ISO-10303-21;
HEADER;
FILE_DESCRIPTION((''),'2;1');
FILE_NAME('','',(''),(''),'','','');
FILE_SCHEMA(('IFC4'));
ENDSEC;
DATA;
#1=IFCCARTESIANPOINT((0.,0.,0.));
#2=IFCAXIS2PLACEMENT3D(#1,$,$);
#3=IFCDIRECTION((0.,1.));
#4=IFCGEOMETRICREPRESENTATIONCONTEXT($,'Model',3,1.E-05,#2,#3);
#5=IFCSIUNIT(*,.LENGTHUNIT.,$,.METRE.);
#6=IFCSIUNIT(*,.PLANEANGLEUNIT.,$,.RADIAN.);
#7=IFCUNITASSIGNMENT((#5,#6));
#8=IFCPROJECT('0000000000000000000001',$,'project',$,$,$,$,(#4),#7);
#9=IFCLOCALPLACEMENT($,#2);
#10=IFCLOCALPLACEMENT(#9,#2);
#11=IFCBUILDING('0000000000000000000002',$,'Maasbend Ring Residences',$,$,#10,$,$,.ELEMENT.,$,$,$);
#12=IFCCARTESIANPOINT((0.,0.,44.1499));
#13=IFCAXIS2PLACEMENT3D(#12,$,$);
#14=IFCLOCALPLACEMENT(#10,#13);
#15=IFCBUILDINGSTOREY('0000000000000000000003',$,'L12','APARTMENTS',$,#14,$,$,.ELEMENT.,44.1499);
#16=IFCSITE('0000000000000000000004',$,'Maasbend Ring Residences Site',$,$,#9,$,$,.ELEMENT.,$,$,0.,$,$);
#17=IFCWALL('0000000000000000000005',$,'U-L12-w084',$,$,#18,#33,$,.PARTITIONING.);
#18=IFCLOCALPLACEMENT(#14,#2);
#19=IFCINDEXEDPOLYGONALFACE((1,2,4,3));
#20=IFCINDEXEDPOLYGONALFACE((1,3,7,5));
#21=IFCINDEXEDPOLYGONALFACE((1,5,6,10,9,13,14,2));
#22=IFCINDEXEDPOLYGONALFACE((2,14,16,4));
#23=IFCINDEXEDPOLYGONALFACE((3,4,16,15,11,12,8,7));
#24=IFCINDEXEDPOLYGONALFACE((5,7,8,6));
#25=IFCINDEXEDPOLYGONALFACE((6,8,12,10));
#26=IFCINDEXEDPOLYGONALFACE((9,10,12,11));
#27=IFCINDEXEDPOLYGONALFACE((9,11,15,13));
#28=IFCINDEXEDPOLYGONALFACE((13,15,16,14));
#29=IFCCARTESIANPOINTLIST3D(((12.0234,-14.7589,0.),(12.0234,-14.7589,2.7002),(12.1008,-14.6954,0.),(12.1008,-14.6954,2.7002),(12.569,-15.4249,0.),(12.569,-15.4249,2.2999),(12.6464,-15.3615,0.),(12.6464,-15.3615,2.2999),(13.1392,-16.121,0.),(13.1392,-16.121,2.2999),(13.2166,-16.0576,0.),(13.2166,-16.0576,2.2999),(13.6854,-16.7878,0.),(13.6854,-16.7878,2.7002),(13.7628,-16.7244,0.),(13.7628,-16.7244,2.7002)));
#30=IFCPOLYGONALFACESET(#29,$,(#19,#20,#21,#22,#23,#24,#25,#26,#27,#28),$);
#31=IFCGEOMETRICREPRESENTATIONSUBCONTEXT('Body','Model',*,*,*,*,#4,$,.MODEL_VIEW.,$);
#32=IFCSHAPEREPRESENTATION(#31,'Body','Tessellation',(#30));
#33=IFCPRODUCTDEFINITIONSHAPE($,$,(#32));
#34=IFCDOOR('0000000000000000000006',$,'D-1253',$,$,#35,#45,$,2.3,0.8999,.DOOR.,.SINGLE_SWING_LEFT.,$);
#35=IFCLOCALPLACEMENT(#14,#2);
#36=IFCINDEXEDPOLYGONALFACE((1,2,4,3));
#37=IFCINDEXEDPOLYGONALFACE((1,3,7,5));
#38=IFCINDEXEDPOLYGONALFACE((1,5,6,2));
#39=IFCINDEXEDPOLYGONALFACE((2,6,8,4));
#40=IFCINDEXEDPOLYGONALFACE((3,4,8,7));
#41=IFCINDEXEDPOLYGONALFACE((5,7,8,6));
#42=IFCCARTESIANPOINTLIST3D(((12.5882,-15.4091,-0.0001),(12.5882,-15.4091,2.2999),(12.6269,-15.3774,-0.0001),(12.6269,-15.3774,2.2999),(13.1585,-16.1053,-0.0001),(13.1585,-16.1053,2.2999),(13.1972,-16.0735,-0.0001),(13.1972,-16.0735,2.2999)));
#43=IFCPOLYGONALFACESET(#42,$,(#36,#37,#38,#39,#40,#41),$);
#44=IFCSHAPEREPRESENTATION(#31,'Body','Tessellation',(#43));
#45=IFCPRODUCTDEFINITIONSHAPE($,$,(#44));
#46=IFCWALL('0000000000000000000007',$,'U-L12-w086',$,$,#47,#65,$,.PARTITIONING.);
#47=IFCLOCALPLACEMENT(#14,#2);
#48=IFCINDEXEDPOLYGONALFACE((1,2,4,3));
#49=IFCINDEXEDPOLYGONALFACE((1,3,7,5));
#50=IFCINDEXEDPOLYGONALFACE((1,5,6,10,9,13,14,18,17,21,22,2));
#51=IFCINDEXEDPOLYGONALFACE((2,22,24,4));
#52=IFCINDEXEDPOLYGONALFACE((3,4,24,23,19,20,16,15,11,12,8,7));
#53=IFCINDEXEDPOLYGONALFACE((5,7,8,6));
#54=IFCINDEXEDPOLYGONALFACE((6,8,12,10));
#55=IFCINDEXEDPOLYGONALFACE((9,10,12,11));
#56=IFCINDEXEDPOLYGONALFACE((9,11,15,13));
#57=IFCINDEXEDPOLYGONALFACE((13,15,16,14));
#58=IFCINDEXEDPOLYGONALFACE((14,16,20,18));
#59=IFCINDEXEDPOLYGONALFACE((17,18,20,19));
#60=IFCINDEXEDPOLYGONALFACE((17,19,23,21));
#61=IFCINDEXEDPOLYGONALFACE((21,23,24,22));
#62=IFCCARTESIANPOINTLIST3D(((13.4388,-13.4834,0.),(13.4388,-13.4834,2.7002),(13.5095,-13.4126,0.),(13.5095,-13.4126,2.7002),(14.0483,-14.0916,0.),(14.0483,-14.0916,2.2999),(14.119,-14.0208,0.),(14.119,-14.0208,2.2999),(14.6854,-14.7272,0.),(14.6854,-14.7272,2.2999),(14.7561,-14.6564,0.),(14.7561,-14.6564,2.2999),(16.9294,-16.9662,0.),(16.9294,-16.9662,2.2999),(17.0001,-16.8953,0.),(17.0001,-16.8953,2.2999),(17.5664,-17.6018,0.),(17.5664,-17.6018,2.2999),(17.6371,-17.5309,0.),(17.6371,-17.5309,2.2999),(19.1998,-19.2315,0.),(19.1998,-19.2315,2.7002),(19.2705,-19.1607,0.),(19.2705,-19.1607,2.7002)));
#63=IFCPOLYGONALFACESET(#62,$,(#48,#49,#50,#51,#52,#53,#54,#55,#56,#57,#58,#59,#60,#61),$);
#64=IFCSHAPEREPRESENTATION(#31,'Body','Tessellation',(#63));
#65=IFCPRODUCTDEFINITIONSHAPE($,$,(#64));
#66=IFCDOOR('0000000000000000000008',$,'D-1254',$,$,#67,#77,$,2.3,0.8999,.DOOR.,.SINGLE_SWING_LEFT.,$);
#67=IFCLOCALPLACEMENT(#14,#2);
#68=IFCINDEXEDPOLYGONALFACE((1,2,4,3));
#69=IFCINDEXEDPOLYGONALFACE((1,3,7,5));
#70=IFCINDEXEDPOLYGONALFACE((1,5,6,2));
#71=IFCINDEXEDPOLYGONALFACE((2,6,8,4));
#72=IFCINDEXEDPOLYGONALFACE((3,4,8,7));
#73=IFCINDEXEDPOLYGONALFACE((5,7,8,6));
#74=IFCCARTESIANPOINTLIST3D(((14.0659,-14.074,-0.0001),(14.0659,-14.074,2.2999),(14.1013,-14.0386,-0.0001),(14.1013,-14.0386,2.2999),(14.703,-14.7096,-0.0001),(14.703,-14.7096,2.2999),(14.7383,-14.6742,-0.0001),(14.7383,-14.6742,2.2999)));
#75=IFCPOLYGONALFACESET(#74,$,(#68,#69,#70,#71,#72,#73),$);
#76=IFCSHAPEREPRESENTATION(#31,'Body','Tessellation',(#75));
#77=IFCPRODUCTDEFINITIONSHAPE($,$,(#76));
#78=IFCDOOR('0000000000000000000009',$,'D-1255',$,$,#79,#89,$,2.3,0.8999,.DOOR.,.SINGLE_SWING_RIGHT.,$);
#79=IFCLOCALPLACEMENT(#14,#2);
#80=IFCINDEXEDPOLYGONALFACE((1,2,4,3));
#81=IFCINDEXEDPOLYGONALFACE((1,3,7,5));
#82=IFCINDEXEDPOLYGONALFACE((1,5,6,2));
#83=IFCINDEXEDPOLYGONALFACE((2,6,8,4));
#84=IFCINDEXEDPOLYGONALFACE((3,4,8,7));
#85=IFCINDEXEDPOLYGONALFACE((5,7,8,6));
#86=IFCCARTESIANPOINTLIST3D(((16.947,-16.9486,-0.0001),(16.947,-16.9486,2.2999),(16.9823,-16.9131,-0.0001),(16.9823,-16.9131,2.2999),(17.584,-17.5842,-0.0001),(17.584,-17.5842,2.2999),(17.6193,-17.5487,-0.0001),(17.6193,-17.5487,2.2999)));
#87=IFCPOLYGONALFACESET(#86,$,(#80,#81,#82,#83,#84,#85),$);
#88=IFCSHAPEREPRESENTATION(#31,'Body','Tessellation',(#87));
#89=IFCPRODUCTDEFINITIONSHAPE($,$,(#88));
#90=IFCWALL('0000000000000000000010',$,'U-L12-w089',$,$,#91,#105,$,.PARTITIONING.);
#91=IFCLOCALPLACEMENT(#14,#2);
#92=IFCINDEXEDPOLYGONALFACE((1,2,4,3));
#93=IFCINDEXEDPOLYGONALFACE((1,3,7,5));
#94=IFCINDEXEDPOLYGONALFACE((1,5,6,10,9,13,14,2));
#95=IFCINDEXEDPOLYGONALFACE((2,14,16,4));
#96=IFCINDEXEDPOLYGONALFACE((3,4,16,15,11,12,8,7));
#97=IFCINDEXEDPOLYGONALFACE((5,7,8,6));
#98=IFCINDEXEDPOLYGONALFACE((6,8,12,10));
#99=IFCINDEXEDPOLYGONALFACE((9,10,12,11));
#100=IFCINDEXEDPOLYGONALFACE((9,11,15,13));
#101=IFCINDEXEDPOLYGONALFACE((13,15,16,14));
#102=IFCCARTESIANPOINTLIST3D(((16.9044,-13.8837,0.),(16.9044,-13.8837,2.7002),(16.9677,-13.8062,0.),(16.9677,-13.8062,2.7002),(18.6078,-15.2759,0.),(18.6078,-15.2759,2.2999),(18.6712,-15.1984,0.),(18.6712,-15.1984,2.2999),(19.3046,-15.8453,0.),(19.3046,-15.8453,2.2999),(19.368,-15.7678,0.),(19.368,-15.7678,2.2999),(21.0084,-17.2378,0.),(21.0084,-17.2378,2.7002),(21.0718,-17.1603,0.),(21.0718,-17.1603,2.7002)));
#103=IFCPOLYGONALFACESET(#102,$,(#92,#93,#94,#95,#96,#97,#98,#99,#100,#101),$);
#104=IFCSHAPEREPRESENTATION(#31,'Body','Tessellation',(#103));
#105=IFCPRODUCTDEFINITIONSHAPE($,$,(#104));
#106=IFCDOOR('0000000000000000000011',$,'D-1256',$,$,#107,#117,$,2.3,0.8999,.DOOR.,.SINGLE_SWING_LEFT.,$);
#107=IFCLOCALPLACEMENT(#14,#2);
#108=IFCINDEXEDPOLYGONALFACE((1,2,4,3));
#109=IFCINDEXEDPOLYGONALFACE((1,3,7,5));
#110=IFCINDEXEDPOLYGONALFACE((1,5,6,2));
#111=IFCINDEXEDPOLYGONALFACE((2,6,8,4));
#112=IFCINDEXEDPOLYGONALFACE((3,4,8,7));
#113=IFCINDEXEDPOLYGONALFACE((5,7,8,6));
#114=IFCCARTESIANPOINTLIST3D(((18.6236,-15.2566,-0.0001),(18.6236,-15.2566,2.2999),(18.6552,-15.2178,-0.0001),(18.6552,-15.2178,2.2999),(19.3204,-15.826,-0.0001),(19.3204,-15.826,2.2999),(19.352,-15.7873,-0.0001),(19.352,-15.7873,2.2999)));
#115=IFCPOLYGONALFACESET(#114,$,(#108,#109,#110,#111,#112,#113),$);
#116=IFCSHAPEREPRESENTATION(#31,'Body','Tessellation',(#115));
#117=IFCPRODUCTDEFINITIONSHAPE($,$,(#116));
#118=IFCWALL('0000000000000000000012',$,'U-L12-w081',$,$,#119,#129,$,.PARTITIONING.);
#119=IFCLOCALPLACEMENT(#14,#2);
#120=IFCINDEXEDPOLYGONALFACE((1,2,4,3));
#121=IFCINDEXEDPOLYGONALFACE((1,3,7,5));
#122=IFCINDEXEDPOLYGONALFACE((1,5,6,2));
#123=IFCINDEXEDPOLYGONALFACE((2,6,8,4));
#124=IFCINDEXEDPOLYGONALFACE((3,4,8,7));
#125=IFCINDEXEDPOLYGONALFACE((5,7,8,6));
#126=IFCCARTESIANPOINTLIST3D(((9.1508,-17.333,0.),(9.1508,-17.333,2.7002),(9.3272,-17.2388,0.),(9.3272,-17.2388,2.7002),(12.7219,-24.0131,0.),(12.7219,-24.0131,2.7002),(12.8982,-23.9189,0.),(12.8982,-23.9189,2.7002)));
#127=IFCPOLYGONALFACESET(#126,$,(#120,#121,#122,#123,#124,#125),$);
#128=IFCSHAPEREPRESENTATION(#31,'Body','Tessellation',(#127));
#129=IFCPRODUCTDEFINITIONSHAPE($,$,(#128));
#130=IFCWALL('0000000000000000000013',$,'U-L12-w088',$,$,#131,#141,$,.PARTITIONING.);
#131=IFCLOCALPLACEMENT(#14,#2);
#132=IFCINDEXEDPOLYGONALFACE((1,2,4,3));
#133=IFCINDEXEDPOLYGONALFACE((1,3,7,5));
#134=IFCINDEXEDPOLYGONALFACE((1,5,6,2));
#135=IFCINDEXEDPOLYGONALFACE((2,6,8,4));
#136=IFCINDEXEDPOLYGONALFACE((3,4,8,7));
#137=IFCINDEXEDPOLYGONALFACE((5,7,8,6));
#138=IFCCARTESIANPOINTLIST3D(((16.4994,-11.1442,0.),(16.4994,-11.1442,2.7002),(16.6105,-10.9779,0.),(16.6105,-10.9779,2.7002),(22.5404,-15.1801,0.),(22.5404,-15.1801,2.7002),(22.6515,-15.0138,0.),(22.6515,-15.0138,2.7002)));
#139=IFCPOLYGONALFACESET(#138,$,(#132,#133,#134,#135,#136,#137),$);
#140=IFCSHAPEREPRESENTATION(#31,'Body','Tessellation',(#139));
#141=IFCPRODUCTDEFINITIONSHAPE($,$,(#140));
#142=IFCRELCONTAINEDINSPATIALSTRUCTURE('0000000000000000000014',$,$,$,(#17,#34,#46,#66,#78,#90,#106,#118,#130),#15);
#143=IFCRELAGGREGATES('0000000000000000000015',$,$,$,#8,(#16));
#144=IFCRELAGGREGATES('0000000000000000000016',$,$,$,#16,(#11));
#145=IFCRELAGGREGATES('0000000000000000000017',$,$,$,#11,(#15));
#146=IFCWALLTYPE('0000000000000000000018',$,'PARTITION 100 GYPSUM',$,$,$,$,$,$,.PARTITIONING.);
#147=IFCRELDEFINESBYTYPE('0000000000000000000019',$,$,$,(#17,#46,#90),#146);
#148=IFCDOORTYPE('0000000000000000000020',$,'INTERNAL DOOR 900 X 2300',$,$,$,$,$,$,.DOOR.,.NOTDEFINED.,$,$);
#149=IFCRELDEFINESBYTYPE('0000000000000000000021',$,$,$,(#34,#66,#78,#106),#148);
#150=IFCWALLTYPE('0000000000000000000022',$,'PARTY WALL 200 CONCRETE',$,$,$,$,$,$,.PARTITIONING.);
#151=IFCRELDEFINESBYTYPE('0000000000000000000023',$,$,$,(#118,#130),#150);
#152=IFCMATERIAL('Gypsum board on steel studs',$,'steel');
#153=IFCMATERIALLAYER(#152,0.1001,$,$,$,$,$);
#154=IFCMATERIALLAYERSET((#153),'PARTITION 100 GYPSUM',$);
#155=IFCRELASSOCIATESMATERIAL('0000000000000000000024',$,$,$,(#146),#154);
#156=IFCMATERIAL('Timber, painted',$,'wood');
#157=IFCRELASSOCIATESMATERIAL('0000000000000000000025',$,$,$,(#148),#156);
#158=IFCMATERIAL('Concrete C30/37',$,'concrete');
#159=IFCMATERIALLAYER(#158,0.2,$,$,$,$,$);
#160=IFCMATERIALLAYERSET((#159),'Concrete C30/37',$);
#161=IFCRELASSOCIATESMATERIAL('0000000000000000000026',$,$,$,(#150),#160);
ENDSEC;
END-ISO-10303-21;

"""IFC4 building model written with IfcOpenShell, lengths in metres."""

from ifc_helpers import new_model, si_unit, direction, frame, frame_2d, origin, place, context, subcontext, project, spatial, rectangle, extrude, material, layer, layer_set, type_object, element, fill, save


model = new_model("IFC4")

# Units and contexts
model_context = context("Model", 3, precision=1e-05, world=origin(), true_north=direction((0.0, 1.0)))
body_context = subcontext(model_context, "Body", "Model", "MODEL_VIEW")
ifc_project = project(units=[si_unit("LENGTHUNIT", "METRE"), si_unit("PLANEANGLEUNIT", "RADIAN")], contexts=[model_context])

# Site, building, storey
site_placement = place(None, origin())
site = spatial("IfcSite", under=ifc_project, at=site_placement, Name="Maasbend Ring Residences Site", CompositionType="ELEMENT", RefElevation=0.0)
building_placement = place(site_placement, origin())
building = spatial("IfcBuilding", under=site, at=building_placement, Name="Maasbend Ring Residences", CompositionType="ELEMENT")
storey_placement = place(building_placement, frame((0.0, 0.0, 44.1499)))
storey = spatial("IfcBuildingStorey", under=building, at=storey_placement, Name="L12", Description="APARTMENTS", CompositionType="ELEMENT", Elevation=44.1499)

# Shared definitions
ifc_material_1 = material(Name="Gypsum board on steel studs", Category="steel")
ifc_layer_1 = layer(ifc_material_1, 0.1001)
ifc_layer_set_1 = layer_set([ifc_layer_1], Name="PARTITION 100 GYPSUM")
wall_type_1 = type_object("IfcWallType", Name="PARTITION 100 GYPSUM", PredefinedType="PARTITIONING", material=ifc_layer_set_1)

# Wall, opening, door
wall_1_placement = place(storey_placement, frame((12.062, -14.7271, 0.0), z_axis=(0.0, 0.0, 1.0), x_axis=(0.633689, -0.773588, 0.0)))
wall_1 = element("IfcWall", 1, at=wall_1_placement, inside=storey, type_object=wall_type_1, Name="U-L12-w084", PredefinedType="PARTITIONING", context=body_context, shape_type="SweptSolid", body=[
    extrude(rectangle(XDim=2.6228, YDim=0.1001, at=frame_2d((1.3115, 0.0))), origin(), (0.0, 0.0, 1.0), 2.7002),
])
opening_1_placement = place(wall_1_placement, frame((0.8611, 0.0, 0.0)))
opening_1 = element("IfcOpeningElement", 2, at=opening_1_placement, cuts=wall_1, PredefinedType="OPENING", context=body_context, shape_type="SweptSolid", body=[
    extrude(rectangle(XDim=0.8999, YDim=2.3, at=frame_2d((0.45, 1.1499))), frame((0.0, 0.0601, 0.0), z_axis=(0.0, -1.0, 0.0), x_axis=(1.0, 0.0, 0.0)), (0.0, 0.0, 1.0), 0.1201),
])
ifc_material_2 = material(Name="Timber, painted", Category="wood")
door_type_1 = type_object("IfcDoorType", Name="INTERNAL DOOR 900 X 2300", OperationType="NOTDEFINED", PredefinedType="DOOR", material=ifc_material_2)
door_1_placement = place(opening_1_placement, origin())
door_1 = element("IfcDoor", 3, at=door_1_placement, inside=storey, type_object=door_type_1, Name="D-1253", OperationType="SINGLE_SWING_LEFT", OverallHeight=2.3, OverallWidth=0.8999, PredefinedType="DOOR", context=body_context, shape_type="SweptSolid", body=[
    extrude(rectangle(XDim=0.8999, YDim=2.3, at=frame_2d((0.45, 1.1499))), frame((0.0, 0.0249, 0.0), z_axis=(0.0, -1.0, 0.0), x_axis=(1.0, 0.0, 0.0)), (0.0, 0.0, 1.0), 0.05),
])
fill(opening_1, door_1)

# Wall, openings, doors
wall_2_placement = place(storey_placement, frame((13.4741, -13.448, 0.0), z_axis=(0.0, 0.0, 1.0), x_axis=(0.707901, -0.706311, 0.0)))
wall_2 = element("IfcWall", 4, at=wall_2_placement, inside=storey, type_object=wall_type_1, Name="U-L12-w086", PredefinedType="PARTITIONING", context=body_context, shape_type="SweptSolid", body=[
    extrude(rectangle(XDim=8.1382, YDim=0.1001, at=frame_2d((4.0691, 0.0))), origin(), (0.0, 0.0, 1.0), 2.7002),
])
opening_2_placement = place(wall_2_placement, frame((0.8611, 0.0, 0.0)))
opening_2 = element("IfcOpeningElement", 5, at=opening_2_placement, cuts=wall_2, PredefinedType="OPENING", context=body_context, shape_type="SweptSolid", body=[
    extrude(rectangle(XDim=0.8999, YDim=2.3, at=frame_2d((0.45, 1.1499))), frame((0.0, 0.0601, 0.0), z_axis=(0.0, -1.0, 0.0), x_axis=(1.0, 0.0, 0.0)), (0.0, 0.0, 1.0), 0.1201),
])
opening_3_placement = place(wall_2_placement, frame((4.9309, 0.0, 0.0)))
opening_3 = element("IfcOpeningElement", 6, at=opening_3_placement, cuts=wall_2, PredefinedType="OPENING", context=body_context, shape_type="SweptSolid", body=[
    extrude(rectangle(XDim=0.8999, YDim=2.3, at=frame_2d((0.45, 1.1499))), frame((0.0, 0.0601, 0.0), z_axis=(0.0, -1.0, 0.0), x_axis=(1.0, 0.0, 0.0)), (0.0, 0.0, 1.0), 0.1201),
])
door_2_placement = place(opening_2_placement, origin())
door_2 = element("IfcDoor", 7, at=door_2_placement, inside=storey, type_object=door_type_1, Name="D-1254", OperationType="SINGLE_SWING_LEFT", OverallHeight=2.3, OverallWidth=0.8999, PredefinedType="DOOR", context=body_context, shape_type="SweptSolid", body=[
    extrude(rectangle(XDim=0.8999, YDim=2.3, at=frame_2d((0.45, 1.1499))), frame((0.0, 0.0249, 0.0), z_axis=(0.0, -1.0, 0.0), x_axis=(1.0, 0.0, 0.0)), (0.0, 0.0, 1.0), 0.05),
])
fill(opening_2, door_2)
door_3_placement = place(opening_3_placement, origin())
door_3 = element("IfcDoor", 8, at=door_3_placement, inside=storey, type_object=door_type_1, Name="D-1255", OperationType="SINGLE_SWING_RIGHT", OverallHeight=2.3, OverallWidth=0.8999, PredefinedType="DOOR", context=body_context, shape_type="SweptSolid", body=[
    extrude(rectangle(XDim=0.8999, YDim=2.3, at=frame_2d((0.45, 1.1499))), frame((0.0, 0.0249, 0.0), z_axis=(0.0, -1.0, 0.0), x_axis=(1.0, 0.0, 0.0)), (0.0, 0.0, 1.0), 0.05),
])
fill(opening_3, door_3)

# Wall, opening, door
wall_3_placement = place(storey_placement, frame((16.936, -13.845, 0.0), z_axis=(0.0, 0.0, 1.0), x_axis=(0.77431, -0.632806, 0.0)))
wall_3 = element("IfcWall", 9, at=wall_3_placement, inside=storey, type_object=wall_type_1, Name="U-L12-w089", PredefinedType="PARTITIONING", context=body_context, shape_type="SweptSolid", body=[
    extrude(rectangle(XDim=5.3003, YDim=0.1001, at=frame_2d((2.6501, 0.0))), origin(), (0.0, 0.0, 1.0), 2.7002),
])
opening_4_placement = place(wall_3_placement, frame((2.2, 0.0, 0.0)))
opening_4 = element("IfcOpeningElement", 10, at=opening_4_placement, cuts=wall_3, PredefinedType="OPENING", context=body_context, shape_type="SweptSolid", body=[
    extrude(rectangle(XDim=0.8999, YDim=2.3, at=frame_2d((0.45, 1.1499))), frame((0.0, 0.0601, 0.0), z_axis=(0.0, -1.0, 0.0), x_axis=(1.0, 0.0, 0.0)), (0.0, 0.0, 1.0), 0.1201),
])
door_4_placement = place(opening_4_placement, origin())
door_4 = element("IfcDoor", 11, at=door_4_placement, inside=storey, type_object=door_type_1, Name="D-1256", OperationType="SINGLE_SWING_LEFT", OverallHeight=2.3, OverallWidth=0.8999, PredefinedType="DOOR", context=body_context, shape_type="SweptSolid", body=[
    extrude(rectangle(XDim=0.8999, YDim=2.3, at=frame_2d((0.45, 1.1499))), frame((0.0, 0.0249, 0.0), z_axis=(0.0, -1.0, 0.0), x_axis=(1.0, 0.0, 0.0)), (0.0, 0.0, 1.0), 0.05),
])
fill(opening_4, door_4)

# Walls
ifc_material_3 = material(Name="Concrete C30/37", Category="concrete")
ifc_layer_2 = layer(ifc_material_3, 0.2)
ifc_layer_set_2 = layer_set([ifc_layer_2], Name="Concrete C30/37")
wall_type_2 = type_object("IfcWallType", Name="PARTY WALL 200 CONCRETE", PredefinedType="PARTITIONING", material=ifc_layer_set_2)
wall_4_placement = place(storey_placement, frame((9.239, -17.2859, 0.0), z_axis=(0.0, 0.0, 1.0), x_axis=(0.47144, -0.881898, 0.0)))
element("IfcWall", 12, at=wall_4_placement, inside=storey, type_object=wall_type_2, Name="U-L12-w081", PredefinedType="PARTITIONING", context=body_context, shape_type="SweptSolid", body=[
    extrude(rectangle(XDim=7.5747, YDim=0.2, at=frame_2d((3.7874, 0.0))), origin(), (0.0, 0.0, 1.0), 2.7002),
])
wall_5_placement = place(storey_placement, frame((16.5549, -11.061, 0.0), z_axis=(0.0, 0.0, 1.0), x_axis=(0.831507, -0.555514, 0.0)))
element("IfcWall", 13, at=wall_5_placement, inside=storey, type_object=wall_type_2, Name="U-L12-w088", PredefinedType="PARTITIONING", context=body_context, shape_type="SweptSolid", body=[
    extrude(rectangle(XDim=7.2651, YDim=0.2, at=frame_2d((3.6326, 0.0))), origin(), (0.0, 0.0, 1.0), 2.7002),
])

save(model, "model.ifc")
